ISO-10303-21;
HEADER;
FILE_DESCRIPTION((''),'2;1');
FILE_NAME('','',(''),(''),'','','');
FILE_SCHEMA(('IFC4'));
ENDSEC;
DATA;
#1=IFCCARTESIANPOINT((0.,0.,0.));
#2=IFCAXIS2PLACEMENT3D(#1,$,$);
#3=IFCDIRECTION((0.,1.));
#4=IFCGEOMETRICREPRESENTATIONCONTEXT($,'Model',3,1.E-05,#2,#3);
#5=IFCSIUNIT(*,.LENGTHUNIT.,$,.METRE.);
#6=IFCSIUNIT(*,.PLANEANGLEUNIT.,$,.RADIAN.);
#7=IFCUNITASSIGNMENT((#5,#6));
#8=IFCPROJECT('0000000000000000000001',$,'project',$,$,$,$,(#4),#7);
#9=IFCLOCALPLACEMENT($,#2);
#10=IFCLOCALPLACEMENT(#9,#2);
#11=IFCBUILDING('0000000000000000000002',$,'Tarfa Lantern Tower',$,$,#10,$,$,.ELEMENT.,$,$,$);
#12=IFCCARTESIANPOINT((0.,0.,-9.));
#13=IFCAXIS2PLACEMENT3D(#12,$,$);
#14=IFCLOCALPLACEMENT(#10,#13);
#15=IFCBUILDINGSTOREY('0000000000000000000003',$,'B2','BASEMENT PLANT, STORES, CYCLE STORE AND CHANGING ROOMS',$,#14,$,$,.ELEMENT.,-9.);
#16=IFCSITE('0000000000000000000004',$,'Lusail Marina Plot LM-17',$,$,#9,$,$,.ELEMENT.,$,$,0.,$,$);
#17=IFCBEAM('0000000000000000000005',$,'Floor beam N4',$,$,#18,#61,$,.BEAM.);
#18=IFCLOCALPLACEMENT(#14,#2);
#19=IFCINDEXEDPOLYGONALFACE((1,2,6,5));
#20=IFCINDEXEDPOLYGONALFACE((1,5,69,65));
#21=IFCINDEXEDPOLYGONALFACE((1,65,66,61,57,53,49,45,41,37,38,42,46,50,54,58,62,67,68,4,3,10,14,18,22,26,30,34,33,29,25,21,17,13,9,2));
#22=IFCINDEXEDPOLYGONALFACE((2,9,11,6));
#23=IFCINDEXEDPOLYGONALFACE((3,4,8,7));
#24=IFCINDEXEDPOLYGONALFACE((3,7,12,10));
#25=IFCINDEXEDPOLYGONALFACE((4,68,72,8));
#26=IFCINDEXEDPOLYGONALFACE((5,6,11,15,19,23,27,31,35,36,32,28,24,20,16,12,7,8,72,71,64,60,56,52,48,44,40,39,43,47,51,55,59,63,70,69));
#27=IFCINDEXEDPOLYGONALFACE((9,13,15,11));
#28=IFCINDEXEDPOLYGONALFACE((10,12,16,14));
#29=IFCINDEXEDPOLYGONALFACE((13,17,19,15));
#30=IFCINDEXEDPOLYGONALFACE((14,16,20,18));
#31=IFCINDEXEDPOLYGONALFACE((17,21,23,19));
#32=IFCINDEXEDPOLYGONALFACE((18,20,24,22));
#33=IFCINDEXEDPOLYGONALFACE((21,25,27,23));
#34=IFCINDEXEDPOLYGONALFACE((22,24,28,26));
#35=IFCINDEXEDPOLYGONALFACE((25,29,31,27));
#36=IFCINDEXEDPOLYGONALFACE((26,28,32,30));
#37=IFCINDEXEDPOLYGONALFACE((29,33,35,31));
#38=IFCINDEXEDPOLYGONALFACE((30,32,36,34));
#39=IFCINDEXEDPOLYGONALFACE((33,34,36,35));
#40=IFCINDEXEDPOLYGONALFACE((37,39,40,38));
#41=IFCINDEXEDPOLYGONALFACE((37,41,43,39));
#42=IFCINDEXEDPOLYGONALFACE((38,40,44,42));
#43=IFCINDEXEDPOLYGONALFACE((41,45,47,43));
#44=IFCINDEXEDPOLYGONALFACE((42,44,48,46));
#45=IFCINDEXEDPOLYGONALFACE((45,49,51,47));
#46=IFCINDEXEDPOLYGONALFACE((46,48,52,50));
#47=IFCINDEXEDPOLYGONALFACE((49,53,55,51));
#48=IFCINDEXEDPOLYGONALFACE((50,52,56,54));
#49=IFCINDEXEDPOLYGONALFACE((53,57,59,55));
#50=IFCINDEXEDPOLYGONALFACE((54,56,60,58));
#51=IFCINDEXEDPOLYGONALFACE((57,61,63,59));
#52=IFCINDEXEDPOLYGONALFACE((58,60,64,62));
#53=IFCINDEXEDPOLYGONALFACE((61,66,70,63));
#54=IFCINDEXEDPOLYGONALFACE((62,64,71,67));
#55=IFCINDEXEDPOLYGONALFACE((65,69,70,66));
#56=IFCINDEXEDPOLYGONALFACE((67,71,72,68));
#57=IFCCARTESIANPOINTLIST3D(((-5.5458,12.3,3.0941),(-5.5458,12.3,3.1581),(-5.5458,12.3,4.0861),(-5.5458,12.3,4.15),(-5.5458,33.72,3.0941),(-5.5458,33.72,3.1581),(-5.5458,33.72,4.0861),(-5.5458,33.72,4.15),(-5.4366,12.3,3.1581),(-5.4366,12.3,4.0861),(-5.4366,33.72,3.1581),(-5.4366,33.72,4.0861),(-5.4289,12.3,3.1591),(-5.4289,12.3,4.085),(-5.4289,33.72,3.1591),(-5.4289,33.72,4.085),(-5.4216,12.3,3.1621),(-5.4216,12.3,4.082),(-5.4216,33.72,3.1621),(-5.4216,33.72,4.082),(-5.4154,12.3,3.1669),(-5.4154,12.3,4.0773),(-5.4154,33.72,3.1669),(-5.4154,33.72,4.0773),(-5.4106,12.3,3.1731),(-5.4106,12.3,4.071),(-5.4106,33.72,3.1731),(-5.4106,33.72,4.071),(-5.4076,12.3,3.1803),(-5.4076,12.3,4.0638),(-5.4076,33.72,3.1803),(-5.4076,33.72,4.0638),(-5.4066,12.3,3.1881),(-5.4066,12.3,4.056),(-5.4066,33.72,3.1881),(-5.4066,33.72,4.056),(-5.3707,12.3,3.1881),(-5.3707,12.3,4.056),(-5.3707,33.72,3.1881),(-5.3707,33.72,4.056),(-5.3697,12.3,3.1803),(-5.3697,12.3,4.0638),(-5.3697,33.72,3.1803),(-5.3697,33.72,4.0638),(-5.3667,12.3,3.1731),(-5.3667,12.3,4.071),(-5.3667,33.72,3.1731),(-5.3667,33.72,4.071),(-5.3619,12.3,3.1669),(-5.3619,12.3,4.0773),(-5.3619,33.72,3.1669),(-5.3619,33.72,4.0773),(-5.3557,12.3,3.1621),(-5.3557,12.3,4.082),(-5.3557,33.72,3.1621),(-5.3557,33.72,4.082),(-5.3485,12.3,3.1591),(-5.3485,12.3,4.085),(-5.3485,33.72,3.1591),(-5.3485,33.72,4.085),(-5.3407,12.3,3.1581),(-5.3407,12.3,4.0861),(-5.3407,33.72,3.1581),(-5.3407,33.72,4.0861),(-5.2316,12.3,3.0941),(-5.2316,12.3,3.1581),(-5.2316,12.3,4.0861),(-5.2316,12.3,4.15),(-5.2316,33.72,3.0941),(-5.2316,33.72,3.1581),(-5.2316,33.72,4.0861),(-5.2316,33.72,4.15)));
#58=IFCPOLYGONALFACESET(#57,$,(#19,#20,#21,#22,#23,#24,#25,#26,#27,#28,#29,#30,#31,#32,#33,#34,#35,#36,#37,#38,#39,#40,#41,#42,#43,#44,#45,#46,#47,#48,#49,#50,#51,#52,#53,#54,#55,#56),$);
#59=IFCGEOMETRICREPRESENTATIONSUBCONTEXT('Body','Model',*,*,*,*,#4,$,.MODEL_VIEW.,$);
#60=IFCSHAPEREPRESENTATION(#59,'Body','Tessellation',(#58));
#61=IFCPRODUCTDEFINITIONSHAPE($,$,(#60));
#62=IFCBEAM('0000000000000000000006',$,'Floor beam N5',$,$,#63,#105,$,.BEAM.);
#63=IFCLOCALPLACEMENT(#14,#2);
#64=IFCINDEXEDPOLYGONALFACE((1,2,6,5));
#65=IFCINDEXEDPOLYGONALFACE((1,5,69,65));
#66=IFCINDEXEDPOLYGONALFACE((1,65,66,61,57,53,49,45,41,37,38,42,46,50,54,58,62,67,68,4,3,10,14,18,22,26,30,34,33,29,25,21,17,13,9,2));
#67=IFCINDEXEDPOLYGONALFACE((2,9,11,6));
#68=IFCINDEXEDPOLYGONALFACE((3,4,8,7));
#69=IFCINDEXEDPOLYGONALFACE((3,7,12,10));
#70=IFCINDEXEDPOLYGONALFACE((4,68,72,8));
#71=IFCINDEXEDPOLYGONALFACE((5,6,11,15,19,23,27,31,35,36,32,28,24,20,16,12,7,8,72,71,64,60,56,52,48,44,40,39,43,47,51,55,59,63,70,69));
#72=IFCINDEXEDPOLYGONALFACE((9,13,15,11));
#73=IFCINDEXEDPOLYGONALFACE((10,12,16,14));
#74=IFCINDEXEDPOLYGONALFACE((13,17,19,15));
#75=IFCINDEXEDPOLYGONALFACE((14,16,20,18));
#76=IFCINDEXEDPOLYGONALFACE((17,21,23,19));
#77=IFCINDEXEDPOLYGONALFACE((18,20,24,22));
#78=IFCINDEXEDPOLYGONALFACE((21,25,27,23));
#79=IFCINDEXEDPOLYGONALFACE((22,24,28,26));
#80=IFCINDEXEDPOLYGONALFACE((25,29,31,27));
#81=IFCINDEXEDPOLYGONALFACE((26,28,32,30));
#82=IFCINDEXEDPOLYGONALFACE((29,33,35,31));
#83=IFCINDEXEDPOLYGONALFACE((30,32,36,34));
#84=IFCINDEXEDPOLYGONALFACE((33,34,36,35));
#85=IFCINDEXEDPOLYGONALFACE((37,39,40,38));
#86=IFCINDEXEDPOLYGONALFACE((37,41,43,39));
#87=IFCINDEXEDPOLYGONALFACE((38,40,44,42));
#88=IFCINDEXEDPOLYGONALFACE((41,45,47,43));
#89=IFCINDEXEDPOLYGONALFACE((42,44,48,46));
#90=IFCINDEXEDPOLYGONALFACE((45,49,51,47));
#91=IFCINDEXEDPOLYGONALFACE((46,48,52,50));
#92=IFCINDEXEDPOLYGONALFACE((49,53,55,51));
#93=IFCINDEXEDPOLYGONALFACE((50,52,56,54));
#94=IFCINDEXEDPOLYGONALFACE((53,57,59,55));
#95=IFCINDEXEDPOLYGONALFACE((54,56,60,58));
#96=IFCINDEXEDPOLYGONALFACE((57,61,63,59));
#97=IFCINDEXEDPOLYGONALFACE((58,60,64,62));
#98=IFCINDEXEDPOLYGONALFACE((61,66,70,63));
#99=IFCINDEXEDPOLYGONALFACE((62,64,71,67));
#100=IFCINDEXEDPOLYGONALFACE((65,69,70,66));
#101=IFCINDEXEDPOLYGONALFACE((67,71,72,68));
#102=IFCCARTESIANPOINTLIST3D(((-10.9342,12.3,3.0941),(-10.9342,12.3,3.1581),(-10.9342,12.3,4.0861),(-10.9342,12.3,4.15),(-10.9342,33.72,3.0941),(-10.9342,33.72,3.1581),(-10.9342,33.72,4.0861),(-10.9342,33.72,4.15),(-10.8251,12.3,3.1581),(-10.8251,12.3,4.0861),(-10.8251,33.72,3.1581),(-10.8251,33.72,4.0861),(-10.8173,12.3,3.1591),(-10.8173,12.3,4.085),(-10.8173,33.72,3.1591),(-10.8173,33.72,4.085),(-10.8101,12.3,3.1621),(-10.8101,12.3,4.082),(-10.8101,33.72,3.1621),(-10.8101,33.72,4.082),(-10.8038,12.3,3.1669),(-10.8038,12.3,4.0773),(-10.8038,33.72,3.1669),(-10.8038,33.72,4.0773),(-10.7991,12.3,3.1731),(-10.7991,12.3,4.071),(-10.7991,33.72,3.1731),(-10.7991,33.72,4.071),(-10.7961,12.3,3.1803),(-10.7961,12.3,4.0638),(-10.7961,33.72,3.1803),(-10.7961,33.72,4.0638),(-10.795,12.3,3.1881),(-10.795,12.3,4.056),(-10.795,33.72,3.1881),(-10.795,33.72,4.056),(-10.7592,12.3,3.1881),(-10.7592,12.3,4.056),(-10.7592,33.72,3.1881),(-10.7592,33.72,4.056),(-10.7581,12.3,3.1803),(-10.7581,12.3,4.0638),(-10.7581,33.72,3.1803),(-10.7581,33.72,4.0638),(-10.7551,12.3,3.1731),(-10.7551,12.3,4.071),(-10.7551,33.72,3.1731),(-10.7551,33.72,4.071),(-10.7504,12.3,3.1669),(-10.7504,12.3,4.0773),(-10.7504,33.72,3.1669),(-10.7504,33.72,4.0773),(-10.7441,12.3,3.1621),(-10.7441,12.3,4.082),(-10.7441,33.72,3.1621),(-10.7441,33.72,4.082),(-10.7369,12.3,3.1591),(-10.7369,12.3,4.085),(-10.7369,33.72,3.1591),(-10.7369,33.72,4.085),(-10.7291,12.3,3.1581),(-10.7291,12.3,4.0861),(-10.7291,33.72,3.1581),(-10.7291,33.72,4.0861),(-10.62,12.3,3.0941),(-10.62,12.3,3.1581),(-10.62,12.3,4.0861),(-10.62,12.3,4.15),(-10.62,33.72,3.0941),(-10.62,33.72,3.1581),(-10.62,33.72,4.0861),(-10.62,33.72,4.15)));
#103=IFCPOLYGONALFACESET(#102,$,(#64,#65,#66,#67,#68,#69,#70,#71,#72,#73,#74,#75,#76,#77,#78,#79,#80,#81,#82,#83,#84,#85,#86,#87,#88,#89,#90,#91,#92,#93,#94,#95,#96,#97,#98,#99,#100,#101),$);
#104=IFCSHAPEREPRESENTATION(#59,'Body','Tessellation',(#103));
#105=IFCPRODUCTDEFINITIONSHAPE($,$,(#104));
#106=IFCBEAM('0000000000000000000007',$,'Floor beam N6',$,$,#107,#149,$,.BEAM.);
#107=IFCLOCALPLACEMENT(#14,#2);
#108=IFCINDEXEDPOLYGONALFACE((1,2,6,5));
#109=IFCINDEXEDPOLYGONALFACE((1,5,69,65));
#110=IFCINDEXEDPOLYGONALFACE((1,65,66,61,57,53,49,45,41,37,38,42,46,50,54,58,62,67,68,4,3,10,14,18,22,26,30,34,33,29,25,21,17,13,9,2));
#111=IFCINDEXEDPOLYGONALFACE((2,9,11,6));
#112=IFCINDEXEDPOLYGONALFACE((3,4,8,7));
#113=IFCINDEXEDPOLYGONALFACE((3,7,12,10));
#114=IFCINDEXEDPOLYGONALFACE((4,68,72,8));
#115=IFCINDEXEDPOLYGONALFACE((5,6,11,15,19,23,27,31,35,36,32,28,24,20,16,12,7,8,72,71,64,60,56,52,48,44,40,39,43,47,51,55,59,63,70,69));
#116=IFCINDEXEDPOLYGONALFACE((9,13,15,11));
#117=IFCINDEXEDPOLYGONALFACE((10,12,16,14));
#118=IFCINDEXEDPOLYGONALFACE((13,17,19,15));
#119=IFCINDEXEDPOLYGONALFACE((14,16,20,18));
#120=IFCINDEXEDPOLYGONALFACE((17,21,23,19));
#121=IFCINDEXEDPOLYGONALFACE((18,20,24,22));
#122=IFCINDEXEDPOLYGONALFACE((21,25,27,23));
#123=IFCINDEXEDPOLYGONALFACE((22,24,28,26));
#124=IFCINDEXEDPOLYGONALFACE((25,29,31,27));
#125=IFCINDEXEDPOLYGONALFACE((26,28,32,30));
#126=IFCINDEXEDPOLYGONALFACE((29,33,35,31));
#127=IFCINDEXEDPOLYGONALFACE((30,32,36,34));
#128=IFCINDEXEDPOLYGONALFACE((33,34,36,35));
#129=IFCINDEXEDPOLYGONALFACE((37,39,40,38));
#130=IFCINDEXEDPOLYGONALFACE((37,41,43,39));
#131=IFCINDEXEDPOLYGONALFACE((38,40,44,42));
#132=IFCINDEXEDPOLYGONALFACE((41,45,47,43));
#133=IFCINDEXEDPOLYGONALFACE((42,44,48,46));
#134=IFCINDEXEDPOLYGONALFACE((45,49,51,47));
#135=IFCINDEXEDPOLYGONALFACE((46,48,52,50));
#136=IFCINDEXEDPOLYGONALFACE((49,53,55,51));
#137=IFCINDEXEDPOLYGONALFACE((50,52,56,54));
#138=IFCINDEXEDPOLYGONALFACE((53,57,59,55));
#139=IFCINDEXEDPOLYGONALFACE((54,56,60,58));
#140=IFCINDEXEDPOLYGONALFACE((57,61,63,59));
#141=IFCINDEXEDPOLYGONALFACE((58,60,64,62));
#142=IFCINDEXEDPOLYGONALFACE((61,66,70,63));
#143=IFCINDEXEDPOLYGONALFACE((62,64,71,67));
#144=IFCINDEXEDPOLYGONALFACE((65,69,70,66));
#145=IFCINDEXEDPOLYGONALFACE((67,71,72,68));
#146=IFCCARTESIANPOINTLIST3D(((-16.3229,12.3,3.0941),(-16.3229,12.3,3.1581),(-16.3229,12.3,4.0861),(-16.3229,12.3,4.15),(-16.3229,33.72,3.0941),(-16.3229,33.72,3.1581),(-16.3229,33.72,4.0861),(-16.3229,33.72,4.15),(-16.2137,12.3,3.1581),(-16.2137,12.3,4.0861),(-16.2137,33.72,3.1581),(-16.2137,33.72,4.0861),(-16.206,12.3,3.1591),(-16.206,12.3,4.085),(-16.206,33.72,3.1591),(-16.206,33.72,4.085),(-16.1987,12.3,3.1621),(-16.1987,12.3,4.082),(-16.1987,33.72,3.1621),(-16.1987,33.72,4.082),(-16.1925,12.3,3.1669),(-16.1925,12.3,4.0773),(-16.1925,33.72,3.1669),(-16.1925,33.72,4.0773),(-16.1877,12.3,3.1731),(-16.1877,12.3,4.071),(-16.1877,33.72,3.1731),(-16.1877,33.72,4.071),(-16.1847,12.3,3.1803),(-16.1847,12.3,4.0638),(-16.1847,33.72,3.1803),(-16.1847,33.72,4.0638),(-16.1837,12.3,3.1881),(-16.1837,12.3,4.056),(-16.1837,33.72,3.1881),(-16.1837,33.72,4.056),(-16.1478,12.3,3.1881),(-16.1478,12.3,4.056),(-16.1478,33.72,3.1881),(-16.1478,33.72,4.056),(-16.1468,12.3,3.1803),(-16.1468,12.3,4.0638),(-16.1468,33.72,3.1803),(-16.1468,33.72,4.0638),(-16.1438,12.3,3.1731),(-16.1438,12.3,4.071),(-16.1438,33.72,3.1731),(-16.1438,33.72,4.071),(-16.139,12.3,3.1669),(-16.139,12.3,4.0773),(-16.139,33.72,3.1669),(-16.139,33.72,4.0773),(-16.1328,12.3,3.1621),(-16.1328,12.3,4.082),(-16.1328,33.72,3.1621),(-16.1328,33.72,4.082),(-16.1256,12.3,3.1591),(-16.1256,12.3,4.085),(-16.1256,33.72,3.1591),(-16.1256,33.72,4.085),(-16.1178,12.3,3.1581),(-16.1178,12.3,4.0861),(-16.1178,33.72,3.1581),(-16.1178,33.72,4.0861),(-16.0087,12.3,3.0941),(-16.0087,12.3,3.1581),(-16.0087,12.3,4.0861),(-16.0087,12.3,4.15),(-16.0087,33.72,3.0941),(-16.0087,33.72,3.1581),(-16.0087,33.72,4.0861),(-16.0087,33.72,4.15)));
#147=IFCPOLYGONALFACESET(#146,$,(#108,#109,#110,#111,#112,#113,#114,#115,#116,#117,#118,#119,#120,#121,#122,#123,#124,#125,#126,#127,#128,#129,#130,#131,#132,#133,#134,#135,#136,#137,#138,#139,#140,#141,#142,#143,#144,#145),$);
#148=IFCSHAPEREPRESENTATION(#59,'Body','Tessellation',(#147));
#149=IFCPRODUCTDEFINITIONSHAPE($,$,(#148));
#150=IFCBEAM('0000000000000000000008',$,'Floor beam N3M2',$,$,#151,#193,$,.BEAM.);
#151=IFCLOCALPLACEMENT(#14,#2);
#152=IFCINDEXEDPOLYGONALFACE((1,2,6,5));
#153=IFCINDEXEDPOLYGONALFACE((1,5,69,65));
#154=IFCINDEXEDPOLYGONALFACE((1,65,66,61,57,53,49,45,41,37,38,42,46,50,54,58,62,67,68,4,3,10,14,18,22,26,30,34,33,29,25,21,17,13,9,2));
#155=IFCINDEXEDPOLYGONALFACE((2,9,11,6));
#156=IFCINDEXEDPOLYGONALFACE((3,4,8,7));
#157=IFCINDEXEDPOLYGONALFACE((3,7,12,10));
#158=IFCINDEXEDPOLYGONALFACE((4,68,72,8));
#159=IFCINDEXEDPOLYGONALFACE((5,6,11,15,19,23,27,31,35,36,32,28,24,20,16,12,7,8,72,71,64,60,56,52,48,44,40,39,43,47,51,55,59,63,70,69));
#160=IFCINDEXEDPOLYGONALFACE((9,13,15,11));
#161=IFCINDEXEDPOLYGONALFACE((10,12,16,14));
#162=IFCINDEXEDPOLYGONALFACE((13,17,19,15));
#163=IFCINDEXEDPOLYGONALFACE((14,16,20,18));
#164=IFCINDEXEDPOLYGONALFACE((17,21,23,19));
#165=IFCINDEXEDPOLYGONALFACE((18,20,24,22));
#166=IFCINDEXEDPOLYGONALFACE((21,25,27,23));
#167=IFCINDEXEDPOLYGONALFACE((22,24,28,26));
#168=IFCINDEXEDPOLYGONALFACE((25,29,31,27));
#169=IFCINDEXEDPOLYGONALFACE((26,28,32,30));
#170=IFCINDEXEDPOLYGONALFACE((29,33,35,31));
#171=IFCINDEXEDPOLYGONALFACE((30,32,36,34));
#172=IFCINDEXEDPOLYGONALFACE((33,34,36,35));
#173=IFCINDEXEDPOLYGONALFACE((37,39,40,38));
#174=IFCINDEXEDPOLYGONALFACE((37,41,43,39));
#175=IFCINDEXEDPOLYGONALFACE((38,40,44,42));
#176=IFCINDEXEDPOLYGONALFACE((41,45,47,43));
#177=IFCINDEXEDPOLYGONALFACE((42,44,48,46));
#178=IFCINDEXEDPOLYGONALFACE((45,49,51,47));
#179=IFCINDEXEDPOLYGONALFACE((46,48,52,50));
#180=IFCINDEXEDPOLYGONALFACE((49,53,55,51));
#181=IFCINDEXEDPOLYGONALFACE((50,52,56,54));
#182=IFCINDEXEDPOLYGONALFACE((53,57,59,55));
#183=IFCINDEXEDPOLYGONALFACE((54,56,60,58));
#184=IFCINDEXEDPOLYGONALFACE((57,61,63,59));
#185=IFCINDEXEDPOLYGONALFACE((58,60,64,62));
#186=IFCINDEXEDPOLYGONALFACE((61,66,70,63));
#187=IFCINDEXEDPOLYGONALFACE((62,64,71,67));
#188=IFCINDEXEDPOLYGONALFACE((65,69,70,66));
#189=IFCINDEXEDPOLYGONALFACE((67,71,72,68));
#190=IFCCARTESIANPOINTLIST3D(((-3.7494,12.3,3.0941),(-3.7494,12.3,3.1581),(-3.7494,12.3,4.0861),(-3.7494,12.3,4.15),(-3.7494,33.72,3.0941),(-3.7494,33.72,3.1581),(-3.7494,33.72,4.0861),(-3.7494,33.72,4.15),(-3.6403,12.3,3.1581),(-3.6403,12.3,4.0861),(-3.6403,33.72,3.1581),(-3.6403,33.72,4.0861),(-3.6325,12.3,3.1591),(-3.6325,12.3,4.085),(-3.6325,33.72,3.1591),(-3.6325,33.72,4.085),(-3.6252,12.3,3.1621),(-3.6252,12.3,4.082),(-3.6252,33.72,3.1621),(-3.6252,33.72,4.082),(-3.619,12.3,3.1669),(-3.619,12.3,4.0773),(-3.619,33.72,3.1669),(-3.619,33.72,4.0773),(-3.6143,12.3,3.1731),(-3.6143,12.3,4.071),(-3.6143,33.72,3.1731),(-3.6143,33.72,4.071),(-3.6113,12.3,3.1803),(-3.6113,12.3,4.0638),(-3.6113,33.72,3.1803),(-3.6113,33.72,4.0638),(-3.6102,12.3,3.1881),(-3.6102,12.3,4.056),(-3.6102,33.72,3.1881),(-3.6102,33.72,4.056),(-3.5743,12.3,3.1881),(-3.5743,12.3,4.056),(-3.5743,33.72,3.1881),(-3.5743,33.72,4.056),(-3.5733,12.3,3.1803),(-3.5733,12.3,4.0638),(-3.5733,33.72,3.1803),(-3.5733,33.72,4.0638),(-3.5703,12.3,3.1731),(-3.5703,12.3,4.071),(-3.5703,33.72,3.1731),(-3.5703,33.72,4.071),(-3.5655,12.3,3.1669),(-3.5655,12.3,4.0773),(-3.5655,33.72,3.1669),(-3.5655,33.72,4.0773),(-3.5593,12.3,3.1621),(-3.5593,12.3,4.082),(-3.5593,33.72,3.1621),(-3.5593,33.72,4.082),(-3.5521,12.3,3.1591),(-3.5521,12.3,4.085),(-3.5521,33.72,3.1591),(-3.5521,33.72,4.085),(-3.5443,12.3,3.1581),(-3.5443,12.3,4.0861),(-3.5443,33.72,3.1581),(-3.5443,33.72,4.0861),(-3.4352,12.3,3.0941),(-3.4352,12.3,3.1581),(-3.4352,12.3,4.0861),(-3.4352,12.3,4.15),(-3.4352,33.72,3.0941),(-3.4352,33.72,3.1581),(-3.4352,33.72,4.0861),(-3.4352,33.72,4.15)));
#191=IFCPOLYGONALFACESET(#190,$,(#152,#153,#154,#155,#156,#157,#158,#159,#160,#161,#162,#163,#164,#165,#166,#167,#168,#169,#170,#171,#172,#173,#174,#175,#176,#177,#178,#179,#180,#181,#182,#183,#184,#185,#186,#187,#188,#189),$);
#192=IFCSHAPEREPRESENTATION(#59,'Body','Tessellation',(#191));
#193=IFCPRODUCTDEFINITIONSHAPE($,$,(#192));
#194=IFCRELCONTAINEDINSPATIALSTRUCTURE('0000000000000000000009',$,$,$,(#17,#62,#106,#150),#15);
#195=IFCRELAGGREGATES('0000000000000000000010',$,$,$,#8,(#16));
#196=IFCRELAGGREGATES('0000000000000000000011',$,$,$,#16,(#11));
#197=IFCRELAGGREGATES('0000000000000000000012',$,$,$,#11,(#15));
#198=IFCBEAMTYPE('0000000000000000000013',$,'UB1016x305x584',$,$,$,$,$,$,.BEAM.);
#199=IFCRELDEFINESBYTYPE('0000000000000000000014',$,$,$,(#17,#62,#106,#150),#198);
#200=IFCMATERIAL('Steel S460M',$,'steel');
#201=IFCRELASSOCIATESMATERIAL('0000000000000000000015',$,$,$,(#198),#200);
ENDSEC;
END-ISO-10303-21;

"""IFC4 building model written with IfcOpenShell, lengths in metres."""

from ifc_helpers import new_model, si_unit, direction, frame, origin, origin_2d, place, context, subcontext, project, spatial, i_section, extrude, material, material_profile, profile_set, type_object, element, save


model = new_model("IFC4")

# Units and contexts
model_context = context("Model", 3, precision=1e-05, world=origin(), true_north=direction((0.0, 1.0)))
body_context = subcontext(model_context, "Body", "Model", "MODEL_VIEW")
ifc_project = project(units=[si_unit("LENGTHUNIT", "METRE"), si_unit("PLANEANGLEUNIT", "RADIAN")], contexts=[model_context])

# Site, building, storey
site_placement = place(None, origin())
site = spatial("IfcSite", under=ifc_project, at=site_placement, Name="Lusail Marina Plot LM-17", CompositionType="ELEMENT", RefElevation=0.0)
building_placement = place(site_placement, origin())
building = spatial("IfcBuilding", under=site, at=building_placement, Name="Tarfa Lantern Tower", CompositionType="ELEMENT")
storey_placement = place(building_placement, frame((0.0, 0.0, -9.0)))
storey = spatial("IfcBuildingStorey", under=building, at=storey_placement, Name="B2", Description="BASEMENT PLANT, STORES, CYCLE STORE AND CHANGING ROOMS", CompositionType="ELEMENT", Elevation=-9.0)

# Beams
ifc_material_1 = material(Name="Steel S460M", Category="steel")
ifc_material_profile_1 = material_profile(ifc_material_1, i_section(OverallWidth=0.3142, OverallDepth=1.0559, WebThickness=0.0359, FlangeThickness=0.064, FilletRadius=0.03, at=origin_2d()), Name="UB1016x305x584")
ifc_profile_set_1 = profile_set([ifc_material_profile_1], Name="Steel S460M")
beam_type_1 = type_object("IfcBeamType", Name="UB1016x305x584", PredefinedType="BEAM", material=ifc_profile_set_1)
for number, where, z_axis, x_axis, name in (
    (1, (-5.3887, 33.72, 3.6221), (0.0, -1.0, 0.0), (1.0, 0.0, 0.0), "Floor beam N4"),
    (2, (-10.7771, 33.72, 3.6221), (0.0, -1.0, 0.0), (1.0, 0.0, 0.0), "Floor beam N5"),
    (3, (-16.1658, 33.72, 3.6221), (0.0, -1.0, 0.0), (1.0, 0.0, 0.0), "Floor beam N6"),
    (4, (-3.5923, 33.72, 3.6221), (0.0, -1.0, 0.0), (1.0, 0.0, 0.0), "Floor beam N3M2"),
):
    element("IfcBeam", number, at=place(storey_placement, frame(where, z_axis=z_axis, x_axis=x_axis)), inside=storey, type_object=beam_type_1, Name=name, PredefinedType="BEAM", context=body_context, shape_type="SweptSolid", body=[
        extrude(i_section(OverallWidth=0.3142, OverallDepth=1.0559, WebThickness=0.0359, FlangeThickness=0.064, FilletRadius=0.03, at=origin_2d()), origin(), (0.0, 0.0, 1.0), 21.4199),
    ])

save(model, "model.ifc")
